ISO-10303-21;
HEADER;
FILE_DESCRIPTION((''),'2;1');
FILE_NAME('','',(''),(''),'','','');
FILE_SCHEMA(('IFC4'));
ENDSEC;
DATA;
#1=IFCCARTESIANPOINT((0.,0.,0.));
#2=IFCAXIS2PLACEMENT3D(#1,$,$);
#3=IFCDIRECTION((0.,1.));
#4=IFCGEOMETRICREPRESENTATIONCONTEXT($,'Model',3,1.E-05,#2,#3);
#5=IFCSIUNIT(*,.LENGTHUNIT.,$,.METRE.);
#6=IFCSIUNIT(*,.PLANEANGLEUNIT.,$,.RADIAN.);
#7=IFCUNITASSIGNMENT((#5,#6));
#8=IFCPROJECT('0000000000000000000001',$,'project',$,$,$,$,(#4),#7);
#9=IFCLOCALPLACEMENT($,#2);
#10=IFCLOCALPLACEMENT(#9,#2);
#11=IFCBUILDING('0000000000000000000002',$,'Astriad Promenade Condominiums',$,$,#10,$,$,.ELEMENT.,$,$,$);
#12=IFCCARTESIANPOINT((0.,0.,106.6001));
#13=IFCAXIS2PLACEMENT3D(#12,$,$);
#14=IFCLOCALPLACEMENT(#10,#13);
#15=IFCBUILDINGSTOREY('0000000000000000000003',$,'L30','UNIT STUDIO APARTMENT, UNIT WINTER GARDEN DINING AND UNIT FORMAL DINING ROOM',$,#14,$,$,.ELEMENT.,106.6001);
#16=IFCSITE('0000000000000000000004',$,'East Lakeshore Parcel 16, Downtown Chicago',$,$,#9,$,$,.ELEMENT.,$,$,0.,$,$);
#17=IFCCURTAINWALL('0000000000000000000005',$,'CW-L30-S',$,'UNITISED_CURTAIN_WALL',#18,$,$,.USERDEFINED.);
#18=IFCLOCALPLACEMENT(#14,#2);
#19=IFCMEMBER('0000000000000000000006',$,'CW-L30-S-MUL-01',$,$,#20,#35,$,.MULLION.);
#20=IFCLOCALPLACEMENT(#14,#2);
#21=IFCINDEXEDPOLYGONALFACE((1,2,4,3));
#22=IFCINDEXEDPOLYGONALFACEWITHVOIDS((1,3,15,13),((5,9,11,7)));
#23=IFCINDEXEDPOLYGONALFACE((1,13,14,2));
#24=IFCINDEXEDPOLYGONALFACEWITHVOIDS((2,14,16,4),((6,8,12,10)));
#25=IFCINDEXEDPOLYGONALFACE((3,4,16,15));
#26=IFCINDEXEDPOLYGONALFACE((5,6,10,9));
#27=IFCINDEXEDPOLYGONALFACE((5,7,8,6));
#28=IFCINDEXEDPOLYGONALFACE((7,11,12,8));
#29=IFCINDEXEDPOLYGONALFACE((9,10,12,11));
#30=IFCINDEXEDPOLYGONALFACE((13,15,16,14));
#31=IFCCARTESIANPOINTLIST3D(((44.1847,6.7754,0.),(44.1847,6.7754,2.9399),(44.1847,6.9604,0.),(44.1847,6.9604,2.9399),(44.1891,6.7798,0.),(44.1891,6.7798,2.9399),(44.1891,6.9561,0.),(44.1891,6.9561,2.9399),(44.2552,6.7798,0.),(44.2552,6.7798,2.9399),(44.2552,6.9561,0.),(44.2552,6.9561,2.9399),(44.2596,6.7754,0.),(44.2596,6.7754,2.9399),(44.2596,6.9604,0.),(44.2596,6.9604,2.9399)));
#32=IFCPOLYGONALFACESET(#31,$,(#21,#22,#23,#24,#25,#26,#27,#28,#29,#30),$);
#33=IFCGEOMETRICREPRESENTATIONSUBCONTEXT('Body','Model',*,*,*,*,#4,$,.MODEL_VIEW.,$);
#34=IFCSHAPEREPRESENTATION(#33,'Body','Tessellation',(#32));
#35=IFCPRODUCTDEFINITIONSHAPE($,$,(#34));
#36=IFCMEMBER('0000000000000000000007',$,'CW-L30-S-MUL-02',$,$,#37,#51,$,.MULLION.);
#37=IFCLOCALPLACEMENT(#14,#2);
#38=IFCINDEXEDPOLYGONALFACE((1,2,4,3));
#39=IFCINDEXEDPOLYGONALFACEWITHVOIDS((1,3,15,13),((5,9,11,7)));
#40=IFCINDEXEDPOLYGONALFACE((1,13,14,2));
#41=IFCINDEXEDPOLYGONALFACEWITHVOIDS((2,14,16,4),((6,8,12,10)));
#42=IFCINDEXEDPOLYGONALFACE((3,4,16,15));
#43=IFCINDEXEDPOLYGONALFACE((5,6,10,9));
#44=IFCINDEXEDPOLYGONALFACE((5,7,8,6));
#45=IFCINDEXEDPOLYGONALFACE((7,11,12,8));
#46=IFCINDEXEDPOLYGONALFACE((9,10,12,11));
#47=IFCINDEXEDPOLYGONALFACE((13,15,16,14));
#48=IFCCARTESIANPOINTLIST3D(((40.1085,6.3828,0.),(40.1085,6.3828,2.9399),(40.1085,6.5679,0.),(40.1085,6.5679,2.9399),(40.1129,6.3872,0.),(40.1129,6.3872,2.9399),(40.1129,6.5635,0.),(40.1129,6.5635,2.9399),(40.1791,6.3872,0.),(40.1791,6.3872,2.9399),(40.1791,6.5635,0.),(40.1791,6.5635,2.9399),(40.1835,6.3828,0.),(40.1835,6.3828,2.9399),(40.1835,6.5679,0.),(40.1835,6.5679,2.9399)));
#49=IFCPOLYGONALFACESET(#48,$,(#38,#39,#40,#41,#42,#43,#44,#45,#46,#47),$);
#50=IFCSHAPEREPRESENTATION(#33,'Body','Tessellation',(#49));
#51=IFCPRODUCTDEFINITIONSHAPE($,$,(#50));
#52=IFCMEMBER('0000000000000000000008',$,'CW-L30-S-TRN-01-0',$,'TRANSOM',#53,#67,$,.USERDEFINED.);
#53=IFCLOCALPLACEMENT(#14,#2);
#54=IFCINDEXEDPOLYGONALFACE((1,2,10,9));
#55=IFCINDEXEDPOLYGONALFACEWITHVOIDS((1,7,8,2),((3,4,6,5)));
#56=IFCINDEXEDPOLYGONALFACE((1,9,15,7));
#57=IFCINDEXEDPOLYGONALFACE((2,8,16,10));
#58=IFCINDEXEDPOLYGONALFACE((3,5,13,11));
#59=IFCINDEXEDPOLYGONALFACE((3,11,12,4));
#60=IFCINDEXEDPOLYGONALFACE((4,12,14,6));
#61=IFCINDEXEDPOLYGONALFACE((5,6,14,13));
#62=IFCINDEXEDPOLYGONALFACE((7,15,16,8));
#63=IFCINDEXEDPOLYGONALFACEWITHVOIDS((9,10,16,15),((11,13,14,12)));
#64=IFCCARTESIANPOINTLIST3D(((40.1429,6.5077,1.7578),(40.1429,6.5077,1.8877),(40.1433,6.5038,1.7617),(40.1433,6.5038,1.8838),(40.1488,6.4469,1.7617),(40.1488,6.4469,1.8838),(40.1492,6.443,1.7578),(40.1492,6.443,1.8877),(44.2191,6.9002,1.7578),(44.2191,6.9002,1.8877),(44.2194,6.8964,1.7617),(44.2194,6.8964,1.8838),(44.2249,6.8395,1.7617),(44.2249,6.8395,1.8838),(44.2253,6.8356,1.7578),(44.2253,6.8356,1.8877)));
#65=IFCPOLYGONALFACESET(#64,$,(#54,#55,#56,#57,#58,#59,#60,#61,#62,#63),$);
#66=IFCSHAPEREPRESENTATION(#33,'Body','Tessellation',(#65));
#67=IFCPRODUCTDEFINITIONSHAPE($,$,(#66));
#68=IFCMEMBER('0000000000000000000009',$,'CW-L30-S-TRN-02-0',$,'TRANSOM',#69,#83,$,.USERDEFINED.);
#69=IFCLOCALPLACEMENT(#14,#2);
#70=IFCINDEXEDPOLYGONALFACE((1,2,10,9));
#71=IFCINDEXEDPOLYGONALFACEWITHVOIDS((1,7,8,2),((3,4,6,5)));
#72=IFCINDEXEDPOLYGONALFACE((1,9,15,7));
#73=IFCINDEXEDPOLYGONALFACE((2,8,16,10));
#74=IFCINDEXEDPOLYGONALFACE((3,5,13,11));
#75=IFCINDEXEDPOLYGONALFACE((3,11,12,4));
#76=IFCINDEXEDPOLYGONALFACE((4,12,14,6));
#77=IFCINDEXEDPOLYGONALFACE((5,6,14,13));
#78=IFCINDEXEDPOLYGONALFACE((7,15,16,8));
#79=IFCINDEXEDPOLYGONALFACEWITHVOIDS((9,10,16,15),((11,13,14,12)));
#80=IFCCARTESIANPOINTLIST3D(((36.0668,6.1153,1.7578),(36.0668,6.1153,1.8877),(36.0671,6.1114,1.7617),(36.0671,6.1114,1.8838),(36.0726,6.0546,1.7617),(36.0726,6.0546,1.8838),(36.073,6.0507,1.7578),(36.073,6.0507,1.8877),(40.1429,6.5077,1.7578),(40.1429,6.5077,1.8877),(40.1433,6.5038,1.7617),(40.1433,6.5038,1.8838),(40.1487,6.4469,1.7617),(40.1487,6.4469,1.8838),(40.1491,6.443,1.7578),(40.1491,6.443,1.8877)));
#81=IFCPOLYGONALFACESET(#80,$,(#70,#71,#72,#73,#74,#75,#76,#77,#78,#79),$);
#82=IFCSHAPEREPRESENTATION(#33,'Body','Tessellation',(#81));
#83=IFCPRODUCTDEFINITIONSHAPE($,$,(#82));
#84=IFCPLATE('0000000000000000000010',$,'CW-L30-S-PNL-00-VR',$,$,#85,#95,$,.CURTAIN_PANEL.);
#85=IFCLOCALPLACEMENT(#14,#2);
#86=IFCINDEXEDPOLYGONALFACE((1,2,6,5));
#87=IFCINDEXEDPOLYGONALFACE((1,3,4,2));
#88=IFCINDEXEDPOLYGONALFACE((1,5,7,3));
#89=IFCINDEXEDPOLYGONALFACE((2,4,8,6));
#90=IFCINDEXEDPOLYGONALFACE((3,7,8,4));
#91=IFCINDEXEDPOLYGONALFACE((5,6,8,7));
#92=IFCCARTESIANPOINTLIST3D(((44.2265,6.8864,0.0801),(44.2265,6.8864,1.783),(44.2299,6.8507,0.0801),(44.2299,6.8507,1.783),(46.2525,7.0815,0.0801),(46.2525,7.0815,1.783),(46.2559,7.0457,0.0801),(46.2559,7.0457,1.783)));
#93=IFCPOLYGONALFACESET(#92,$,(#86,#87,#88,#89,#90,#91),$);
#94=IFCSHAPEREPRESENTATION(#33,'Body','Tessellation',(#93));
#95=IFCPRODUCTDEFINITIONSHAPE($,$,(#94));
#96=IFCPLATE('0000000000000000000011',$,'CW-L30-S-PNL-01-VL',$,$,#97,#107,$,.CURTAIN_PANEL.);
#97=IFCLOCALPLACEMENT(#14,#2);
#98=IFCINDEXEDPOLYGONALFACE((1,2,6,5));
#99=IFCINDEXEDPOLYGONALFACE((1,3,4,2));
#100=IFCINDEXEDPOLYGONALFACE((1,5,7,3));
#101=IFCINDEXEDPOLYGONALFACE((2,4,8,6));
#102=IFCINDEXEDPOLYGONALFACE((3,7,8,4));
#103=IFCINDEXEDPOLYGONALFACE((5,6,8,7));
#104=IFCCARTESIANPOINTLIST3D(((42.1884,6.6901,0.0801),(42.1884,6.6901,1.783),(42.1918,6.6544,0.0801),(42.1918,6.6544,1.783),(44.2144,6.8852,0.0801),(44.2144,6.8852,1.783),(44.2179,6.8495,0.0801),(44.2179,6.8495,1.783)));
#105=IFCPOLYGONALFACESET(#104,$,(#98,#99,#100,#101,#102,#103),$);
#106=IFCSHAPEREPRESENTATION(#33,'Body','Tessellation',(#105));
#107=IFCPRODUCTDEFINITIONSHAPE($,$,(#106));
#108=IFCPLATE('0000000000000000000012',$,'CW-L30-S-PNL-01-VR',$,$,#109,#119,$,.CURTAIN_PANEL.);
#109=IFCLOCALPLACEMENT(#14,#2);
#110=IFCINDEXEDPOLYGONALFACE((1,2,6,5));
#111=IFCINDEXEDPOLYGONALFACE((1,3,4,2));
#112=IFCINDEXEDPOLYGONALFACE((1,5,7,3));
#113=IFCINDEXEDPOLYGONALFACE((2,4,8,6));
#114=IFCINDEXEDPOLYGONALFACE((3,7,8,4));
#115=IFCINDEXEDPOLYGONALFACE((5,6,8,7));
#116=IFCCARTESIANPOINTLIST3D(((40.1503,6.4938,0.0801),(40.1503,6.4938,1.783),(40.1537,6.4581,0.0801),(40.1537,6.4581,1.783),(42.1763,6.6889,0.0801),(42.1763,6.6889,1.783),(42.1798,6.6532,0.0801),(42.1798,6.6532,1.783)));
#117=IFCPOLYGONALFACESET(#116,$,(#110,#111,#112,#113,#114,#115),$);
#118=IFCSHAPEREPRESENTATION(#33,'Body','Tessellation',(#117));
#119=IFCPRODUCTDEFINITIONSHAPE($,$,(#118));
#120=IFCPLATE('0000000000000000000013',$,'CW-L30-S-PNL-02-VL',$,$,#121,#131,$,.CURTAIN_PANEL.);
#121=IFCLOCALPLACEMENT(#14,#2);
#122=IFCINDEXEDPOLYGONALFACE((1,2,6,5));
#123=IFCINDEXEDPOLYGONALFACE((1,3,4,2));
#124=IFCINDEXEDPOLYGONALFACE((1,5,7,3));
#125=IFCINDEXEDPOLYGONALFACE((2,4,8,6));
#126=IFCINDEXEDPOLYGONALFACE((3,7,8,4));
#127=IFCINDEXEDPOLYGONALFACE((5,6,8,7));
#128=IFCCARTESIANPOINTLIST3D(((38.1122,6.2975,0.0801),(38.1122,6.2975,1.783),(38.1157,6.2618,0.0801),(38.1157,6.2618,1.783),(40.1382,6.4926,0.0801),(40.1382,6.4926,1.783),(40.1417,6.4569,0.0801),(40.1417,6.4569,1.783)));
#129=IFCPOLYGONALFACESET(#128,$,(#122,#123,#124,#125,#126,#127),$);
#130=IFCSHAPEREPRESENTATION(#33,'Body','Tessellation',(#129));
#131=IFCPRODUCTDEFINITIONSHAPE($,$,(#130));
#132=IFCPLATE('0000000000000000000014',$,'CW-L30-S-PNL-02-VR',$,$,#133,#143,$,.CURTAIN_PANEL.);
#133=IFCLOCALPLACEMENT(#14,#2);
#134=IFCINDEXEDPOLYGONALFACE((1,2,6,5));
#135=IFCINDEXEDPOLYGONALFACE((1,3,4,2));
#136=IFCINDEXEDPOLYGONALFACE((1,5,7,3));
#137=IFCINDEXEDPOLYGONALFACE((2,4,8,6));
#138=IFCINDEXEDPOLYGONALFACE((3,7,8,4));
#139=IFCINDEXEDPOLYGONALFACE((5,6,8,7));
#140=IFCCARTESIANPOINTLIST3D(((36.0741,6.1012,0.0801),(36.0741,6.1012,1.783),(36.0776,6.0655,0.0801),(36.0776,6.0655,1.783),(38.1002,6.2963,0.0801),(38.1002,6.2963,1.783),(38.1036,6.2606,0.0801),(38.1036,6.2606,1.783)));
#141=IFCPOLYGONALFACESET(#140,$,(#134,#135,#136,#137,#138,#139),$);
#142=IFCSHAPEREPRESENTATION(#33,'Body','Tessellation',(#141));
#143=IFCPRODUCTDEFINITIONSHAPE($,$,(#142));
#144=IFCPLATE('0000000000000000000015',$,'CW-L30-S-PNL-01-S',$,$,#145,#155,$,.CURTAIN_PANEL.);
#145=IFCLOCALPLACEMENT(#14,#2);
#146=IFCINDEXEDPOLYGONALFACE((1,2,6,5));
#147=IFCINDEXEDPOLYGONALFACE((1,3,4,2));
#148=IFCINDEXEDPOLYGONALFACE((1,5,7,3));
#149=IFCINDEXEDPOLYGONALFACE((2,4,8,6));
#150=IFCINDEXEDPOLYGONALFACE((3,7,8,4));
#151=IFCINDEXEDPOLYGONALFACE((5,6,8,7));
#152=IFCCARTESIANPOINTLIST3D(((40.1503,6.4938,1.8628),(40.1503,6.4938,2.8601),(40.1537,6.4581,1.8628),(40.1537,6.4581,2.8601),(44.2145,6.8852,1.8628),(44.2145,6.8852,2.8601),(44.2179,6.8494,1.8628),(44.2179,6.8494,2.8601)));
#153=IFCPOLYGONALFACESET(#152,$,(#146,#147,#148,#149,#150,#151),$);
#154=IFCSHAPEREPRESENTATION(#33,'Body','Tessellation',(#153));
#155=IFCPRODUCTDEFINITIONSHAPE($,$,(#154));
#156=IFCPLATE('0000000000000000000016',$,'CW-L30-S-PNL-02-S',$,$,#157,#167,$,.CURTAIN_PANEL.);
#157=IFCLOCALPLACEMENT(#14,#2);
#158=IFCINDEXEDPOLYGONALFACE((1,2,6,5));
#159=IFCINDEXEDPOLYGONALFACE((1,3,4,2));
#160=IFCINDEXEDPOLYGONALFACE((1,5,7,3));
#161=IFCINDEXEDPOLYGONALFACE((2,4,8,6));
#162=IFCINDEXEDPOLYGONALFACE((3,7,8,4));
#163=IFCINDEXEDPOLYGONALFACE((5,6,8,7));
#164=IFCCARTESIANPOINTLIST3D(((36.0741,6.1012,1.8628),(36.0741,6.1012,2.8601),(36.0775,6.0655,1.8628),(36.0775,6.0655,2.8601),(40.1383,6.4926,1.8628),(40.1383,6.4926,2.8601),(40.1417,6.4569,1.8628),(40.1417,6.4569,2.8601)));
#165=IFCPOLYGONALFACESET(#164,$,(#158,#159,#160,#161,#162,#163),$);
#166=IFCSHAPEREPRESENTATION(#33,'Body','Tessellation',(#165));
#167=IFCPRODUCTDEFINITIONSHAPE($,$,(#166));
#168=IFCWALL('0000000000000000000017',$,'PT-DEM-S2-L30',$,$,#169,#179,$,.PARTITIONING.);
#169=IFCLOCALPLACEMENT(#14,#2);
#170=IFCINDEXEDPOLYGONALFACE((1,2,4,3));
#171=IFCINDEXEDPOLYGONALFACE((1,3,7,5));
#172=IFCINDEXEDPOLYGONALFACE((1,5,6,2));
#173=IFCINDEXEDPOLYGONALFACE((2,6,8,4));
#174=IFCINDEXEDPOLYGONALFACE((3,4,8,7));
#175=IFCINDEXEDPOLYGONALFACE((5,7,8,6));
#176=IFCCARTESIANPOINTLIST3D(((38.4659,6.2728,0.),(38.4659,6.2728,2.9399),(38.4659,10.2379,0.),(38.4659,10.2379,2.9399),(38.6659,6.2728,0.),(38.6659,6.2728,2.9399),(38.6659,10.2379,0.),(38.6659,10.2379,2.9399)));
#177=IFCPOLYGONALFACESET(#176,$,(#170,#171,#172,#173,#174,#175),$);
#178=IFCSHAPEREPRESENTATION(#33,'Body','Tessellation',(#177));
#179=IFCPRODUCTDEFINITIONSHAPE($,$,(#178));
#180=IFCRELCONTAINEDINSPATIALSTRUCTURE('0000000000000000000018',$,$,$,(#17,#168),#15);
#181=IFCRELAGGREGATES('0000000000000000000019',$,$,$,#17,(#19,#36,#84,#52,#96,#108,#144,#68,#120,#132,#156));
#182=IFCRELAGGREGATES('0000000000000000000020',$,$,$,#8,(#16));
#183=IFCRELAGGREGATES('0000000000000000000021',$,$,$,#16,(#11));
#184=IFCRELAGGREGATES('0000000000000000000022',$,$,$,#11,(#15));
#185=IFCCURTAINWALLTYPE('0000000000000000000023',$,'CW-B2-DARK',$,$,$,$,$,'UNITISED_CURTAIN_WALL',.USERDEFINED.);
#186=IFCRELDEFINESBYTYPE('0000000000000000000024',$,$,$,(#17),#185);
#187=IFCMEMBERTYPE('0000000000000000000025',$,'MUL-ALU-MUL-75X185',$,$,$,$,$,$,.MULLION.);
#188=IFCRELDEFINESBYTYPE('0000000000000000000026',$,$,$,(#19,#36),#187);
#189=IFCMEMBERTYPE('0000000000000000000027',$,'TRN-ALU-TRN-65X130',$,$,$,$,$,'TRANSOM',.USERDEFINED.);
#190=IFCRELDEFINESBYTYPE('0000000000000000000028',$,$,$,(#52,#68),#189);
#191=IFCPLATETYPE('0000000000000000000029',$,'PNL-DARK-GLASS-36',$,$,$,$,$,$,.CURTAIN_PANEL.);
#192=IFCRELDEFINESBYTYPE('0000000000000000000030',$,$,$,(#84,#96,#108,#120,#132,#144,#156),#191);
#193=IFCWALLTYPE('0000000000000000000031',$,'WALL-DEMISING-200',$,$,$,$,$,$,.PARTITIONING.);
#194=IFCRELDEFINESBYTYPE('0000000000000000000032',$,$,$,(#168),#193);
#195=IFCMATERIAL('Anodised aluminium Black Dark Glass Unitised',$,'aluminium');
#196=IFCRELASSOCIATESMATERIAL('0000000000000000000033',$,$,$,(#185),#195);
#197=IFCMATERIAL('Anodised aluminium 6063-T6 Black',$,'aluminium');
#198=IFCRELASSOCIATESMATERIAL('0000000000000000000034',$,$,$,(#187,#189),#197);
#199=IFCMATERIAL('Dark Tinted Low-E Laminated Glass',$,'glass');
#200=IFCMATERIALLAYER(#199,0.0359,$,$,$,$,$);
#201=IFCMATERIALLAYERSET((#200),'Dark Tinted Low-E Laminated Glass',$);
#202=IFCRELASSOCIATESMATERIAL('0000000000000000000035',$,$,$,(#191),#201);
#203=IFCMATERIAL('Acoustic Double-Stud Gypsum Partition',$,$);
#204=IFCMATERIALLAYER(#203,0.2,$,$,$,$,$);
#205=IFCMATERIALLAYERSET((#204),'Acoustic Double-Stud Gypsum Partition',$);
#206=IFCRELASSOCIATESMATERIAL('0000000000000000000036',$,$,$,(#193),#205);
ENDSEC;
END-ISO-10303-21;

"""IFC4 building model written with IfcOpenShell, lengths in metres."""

from ifc_helpers import new_model, si_unit, direction, frame, frame_2d, origin, origin_2d, place, context, subcontext, project, spatial, rectangle, hollow_rectangle, extrude, source, transform, mapped, material, layer, layer_set, material_profile, profile_set, type_object, type_shapes, element, aggregate, save


model = new_model("IFC4")

# Units and contexts
model_context = context("Model", 3, precision=1e-05, world=origin(), true_north=direction((0.0, 1.0)))
body_context = subcontext(model_context, "Body", "Model", "MODEL_VIEW")
ifc_project = project(units=[si_unit("LENGTHUNIT", "METRE"), si_unit("PLANEANGLEUNIT", "RADIAN")], contexts=[model_context])

# Site, building, storey
site_placement = place(None, origin())
site = spatial("IfcSite", under=ifc_project, at=site_placement, Name="East Lakeshore Parcel 16, Downtown Chicago", CompositionType="ELEMENT", RefElevation=0.0)
building_placement = place(site_placement, origin())
building = spatial("IfcBuilding", under=site, at=building_placement, Name="Astriad Promenade Condominiums", CompositionType="ELEMENT")
storey_placement = place(building_placement, frame((0.0, 0.0, 106.6001)))
storey = spatial("IfcBuildingStorey", under=building, at=storey_placement, Name="L30", Description="UNIT STUDIO APARTMENT, UNIT WINTER GARDEN DINING AND UNIT FORMAL DINING ROOM", CompositionType="ELEMENT", Elevation=106.6001)

# Curtain wall, members, plates
ifc_material_1 = material(Name="Anodised aluminium Black Dark Glass Unitised", Category="aluminium")
curtain_wall_type = type_object("IfcCurtainWallType", Name="CW-B2-DARK", ElementType="UNITISED_CURTAIN_WALL", PredefinedType="USERDEFINED", material=ifc_material_1)
curtain_wall_placement = place(storey_placement, origin())
curtain_wall = element("IfcCurtainWall", 1, at=curtain_wall_placement, inside=storey, type_object=curtain_wall_type, Name="CW-L30-S", ObjectType="UNITISED_CURTAIN_WALL", PredefinedType="USERDEFINED")
ifc_material_2 = material(Name="Anodised aluminium 6063-T6 Black", Category="aluminium")
ifc_material_profile_1 = material_profile(ifc_material_2, hollow_rectangle(XDim=0.075, YDim=0.1851, WallThickness=0.0044, at=origin_2d()), Name="ALU-MUL-75X185")
ifc_profile_set_1 = profile_set([ifc_material_profile_1], Name="Anodised aluminium 6063-T6 Black")
member_type_1 = type_object("IfcMemberType", Name="MUL-ALU-MUL-75X185", PredefinedType="MULLION", material=ifc_profile_set_1)
shared_shape_1 = source(origin(), body_context, "Body", "SweptSolid", [
    extrude(hollow_rectangle(XDim=0.075, YDim=0.1851, WallThickness=0.0044, at=origin_2d()), origin(), (0.0, 0.0, 1.0), 2.9399),
])
type_shapes(member_type_1, [shared_shape_1])
member_1_placement = place(storey_placement, frame((44.2222, 6.8679, 0.0), z_axis=(0.0, 0.0, 1.0), x_axis=(1.0, 0.0, 0.0)))
member_1 = element("IfcMember", 2, at=member_1_placement, type_object=member_type_1, Name="CW-L30-S-MUL-01", PredefinedType="MULLION", context=body_context, shape_type="MappedRepresentation", body=[
    mapped(shared_shape_1, transform((0.0, 0.0, 0.0), scale=1.0)),
])
member_2_placement = place(storey_placement, frame((40.146, 6.4753, 0.0), z_axis=(0.0, 0.0, 1.0), x_axis=(1.0, 0.0, 0.0)))
member_2 = element("IfcMember", 3, at=member_2_placement, type_object=member_type_1, Name="CW-L30-S-MUL-02", PredefinedType="MULLION", context=body_context, shape_type="MappedRepresentation", body=[
    mapped(shared_shape_1, transform((0.0, 0.0, 0.0), scale=1.0)),
])
ifc_material_profile_2 = material_profile(ifc_material_2, hollow_rectangle(XDim=0.0649, YDim=0.1299, WallThickness=0.0039, at=origin_2d()), Name="ALU-TRN-65X130")
ifc_profile_set_2 = profile_set([ifc_material_profile_2], Name="Anodised aluminium 6063-T6 Black")
member_type_2 = type_object("IfcMemberType", Name="TRN-ALU-TRN-65X130", ElementType="TRANSOM", PredefinedType="USERDEFINED", material=ifc_profile_set_2)
shared_shape_2 = source(origin(), body_context, "Body", "SweptSolid", [
    extrude(hollow_rectangle(XDim=0.0649, YDim=0.1299, WallThickness=0.0039, at=origin_2d()), origin(), (0.0, 0.0, 1.0), 4.095),
])
type_shapes(member_type_2, [shared_shape_2])
member_3_placement = place(storey_placement, frame((44.2222, 6.8679, 1.8228), z_axis=(-0.995394, -0.095867, 0.0), x_axis=(0.095867, -0.995394, 0.0)))
member_3 = element("IfcMember", 4, at=member_3_placement, type_object=member_type_2, Name="CW-L30-S-TRN-01-0", ObjectType="TRANSOM", PredefinedType="USERDEFINED", context=body_context, shape_type="MappedRepresentation", body=[
    mapped(shared_shape_2, transform((0.0, 0.0, 0.0), scale=1.0)),
])
member_4_placement = place(storey_placement, frame((40.146, 6.4753, 1.8228), z_axis=(-0.9954, -0.095808, 0.0), x_axis=(0.095808, -0.9954, 0.0)))
member_4 = element("IfcMember", 5, at=member_4_placement, type_object=member_type_2, Name="CW-L30-S-TRN-02-0", ObjectType="TRANSOM", PredefinedType="USERDEFINED", context=body_context, shape_type="MappedRepresentation", body=[
    mapped(shared_shape_2, transform((0.0, 0.0, 0.0), scale=1.0)),
])
ifc_material_3 = material(Name="Dark Tinted Low-E Laminated Glass", Category="glass")
ifc_layer_1 = layer(ifc_material_3, 0.0359)
ifc_layer_set_1 = layer_set([ifc_layer_1], Name="Dark Tinted Low-E Laminated Glass")
plate_type = type_object("IfcPlateType", Name="PNL-DARK-GLASS-36", PredefinedType="CURTAIN_PANEL", material=ifc_layer_set_1)
shared_shape_3 = source(origin(), body_context, "Body", "SweptSolid", [
    extrude(rectangle(XDim=2.0354, YDim=0.0359, at=origin_2d()), origin(), (0.0, 0.0, 1.0), 1.7029),
])
plate_1_placement = place(storey_placement, frame((45.2412, 6.9661, 0.0801), z_axis=(0.0, 0.0, 1.0), x_axis=(-0.995396, -0.095846, 0.0)))
plate_1 = element("IfcPlate", 6, at=plate_1_placement, type_object=plate_type, Name="CW-L30-S-PNL-00-VR", PredefinedType="CURTAIN_PANEL", context=body_context, shape_type="MappedRepresentation", body=[
    mapped(shared_shape_3, transform((0.0, 0.0, 0.0), scale=1.0)),
])
plate_2_placement = place(storey_placement, frame((43.2031, 6.7698, 0.0801), z_axis=(0.0, 0.0, 1.0), x_axis=(-0.995396, -0.095846, 0.0)))
plate_2 = element("IfcPlate", 7, at=plate_2_placement, type_object=plate_type, Name="CW-L30-S-PNL-01-VL", PredefinedType="CURTAIN_PANEL", context=body_context, shape_type="MappedRepresentation", body=[
    mapped(shared_shape_3, transform((0.0, 0.0, 0.0), scale=1.0)),
])
plate_3_placement = place(storey_placement, frame((41.165, 6.5735, 0.0801), z_axis=(0.0, 0.0, 1.0), x_axis=(-0.995396, -0.095846, 0.0)))
plate_3 = element("IfcPlate", 8, at=plate_3_placement, type_object=plate_type, Name="CW-L30-S-PNL-01-VR", PredefinedType="CURTAIN_PANEL", context=body_context, shape_type="MappedRepresentation", body=[
    mapped(shared_shape_3, transform((0.0, 0.0, 0.0), scale=1.0)),
])
plate_4_placement = place(storey_placement, frame((39.127, 6.3772, 0.0801), z_axis=(0.0, 0.0, 1.0), x_axis=(-0.995396, -0.095846, 0.0)))
plate_4 = element("IfcPlate", 9, at=plate_4_placement, type_object=plate_type, Name="CW-L30-S-PNL-02-VL", PredefinedType="CURTAIN_PANEL", context=body_context, shape_type="MappedRepresentation", body=[
    mapped(shared_shape_3, transform((0.0, 0.0, 0.0), scale=1.0)),
])
plate_5_placement = place(storey_placement, frame((37.0889, 6.1809, 0.0801), z_axis=(0.0, 0.0, 1.0), x_axis=(-0.995396, -0.095846, 0.0)))
plate_5 = element("IfcPlate", 10, at=plate_5_placement, type_object=plate_type, Name="CW-L30-S-PNL-02-VR", PredefinedType="CURTAIN_PANEL", context=body_context, shape_type="MappedRepresentation", body=[
    mapped(shared_shape_3, transform((0.0, 0.0, 0.0), scale=1.0)),
])
shared_shape_4 = source(origin(), body_context, "Body", "SweptSolid", [
    extrude(rectangle(XDim=4.083, YDim=0.0359, at=origin_2d()), origin(), (0.0, 0.0, 1.0), 0.9973),
])
type_shapes(plate_type, [shared_shape_3, shared_shape_4])
plate_6_placement = place(storey_placement, frame((42.1841, 6.6716, 1.8628), z_axis=(0.0, 0.0, 1.0), x_axis=(-0.995396, -0.095846, 0.0)))
plate_6 = element("IfcPlate", 11, at=plate_6_placement, type_object=plate_type, Name="CW-L30-S-PNL-01-S", PredefinedType="CURTAIN_PANEL", context=body_context, shape_type="MappedRepresentation", body=[
    mapped(shared_shape_4, transform((0.0, 0.0, 0.0), scale=1.0)),
])
plate_7_placement = place(storey_placement, frame((38.1079, 6.2791, 1.8628), z_axis=(0.0, 0.0, 1.0), x_axis=(-0.995396, -0.095846, 0.0)))
plate_7 = element("IfcPlate", 12, at=plate_7_placement, type_object=plate_type, Name="CW-L30-S-PNL-02-S", PredefinedType="CURTAIN_PANEL", context=body_context, shape_type="MappedRepresentation", body=[
    mapped(shared_shape_4, transform((0.0, 0.0, 0.0), scale=1.0)),
])
aggregate(curtain_wall, [member_1, member_2, plate_1, member_3, plate_2, plate_3, plate_6, member_4, plate_4, plate_5, plate_7])

# Wall
ifc_material_4 = material(Name="Acoustic Double-Stud Gypsum Partition")
ifc_layer_2 = layer(ifc_material_4, 0.2)
ifc_layer_set_2 = layer_set([ifc_layer_2], Name="Acoustic Double-Stud Gypsum Partition")
wall_type = type_object("IfcWallType", Name="WALL-DEMISING-200", PredefinedType="PARTITIONING", material=ifc_layer_set_2)
wall_placement = place(storey_placement, frame((38.5659, 6.2729, 0.0), z_axis=(0.0, 0.0, 1.0), x_axis=(0.0, 1.0, 0.0)))
element("IfcWall", 13, at=wall_placement, inside=storey, type_object=wall_type, Name="PT-DEM-S2-L30", PredefinedType="PARTITIONING", context=body_context, shape_type="SweptSolid", body=[
    extrude(rectangle(XDim=3.9651, YDim=0.2, at=frame_2d((1.9824, 0.0))), origin(), (0.0, 0.0, 1.0), 2.9399),
])

save(model, "model.ifc")
